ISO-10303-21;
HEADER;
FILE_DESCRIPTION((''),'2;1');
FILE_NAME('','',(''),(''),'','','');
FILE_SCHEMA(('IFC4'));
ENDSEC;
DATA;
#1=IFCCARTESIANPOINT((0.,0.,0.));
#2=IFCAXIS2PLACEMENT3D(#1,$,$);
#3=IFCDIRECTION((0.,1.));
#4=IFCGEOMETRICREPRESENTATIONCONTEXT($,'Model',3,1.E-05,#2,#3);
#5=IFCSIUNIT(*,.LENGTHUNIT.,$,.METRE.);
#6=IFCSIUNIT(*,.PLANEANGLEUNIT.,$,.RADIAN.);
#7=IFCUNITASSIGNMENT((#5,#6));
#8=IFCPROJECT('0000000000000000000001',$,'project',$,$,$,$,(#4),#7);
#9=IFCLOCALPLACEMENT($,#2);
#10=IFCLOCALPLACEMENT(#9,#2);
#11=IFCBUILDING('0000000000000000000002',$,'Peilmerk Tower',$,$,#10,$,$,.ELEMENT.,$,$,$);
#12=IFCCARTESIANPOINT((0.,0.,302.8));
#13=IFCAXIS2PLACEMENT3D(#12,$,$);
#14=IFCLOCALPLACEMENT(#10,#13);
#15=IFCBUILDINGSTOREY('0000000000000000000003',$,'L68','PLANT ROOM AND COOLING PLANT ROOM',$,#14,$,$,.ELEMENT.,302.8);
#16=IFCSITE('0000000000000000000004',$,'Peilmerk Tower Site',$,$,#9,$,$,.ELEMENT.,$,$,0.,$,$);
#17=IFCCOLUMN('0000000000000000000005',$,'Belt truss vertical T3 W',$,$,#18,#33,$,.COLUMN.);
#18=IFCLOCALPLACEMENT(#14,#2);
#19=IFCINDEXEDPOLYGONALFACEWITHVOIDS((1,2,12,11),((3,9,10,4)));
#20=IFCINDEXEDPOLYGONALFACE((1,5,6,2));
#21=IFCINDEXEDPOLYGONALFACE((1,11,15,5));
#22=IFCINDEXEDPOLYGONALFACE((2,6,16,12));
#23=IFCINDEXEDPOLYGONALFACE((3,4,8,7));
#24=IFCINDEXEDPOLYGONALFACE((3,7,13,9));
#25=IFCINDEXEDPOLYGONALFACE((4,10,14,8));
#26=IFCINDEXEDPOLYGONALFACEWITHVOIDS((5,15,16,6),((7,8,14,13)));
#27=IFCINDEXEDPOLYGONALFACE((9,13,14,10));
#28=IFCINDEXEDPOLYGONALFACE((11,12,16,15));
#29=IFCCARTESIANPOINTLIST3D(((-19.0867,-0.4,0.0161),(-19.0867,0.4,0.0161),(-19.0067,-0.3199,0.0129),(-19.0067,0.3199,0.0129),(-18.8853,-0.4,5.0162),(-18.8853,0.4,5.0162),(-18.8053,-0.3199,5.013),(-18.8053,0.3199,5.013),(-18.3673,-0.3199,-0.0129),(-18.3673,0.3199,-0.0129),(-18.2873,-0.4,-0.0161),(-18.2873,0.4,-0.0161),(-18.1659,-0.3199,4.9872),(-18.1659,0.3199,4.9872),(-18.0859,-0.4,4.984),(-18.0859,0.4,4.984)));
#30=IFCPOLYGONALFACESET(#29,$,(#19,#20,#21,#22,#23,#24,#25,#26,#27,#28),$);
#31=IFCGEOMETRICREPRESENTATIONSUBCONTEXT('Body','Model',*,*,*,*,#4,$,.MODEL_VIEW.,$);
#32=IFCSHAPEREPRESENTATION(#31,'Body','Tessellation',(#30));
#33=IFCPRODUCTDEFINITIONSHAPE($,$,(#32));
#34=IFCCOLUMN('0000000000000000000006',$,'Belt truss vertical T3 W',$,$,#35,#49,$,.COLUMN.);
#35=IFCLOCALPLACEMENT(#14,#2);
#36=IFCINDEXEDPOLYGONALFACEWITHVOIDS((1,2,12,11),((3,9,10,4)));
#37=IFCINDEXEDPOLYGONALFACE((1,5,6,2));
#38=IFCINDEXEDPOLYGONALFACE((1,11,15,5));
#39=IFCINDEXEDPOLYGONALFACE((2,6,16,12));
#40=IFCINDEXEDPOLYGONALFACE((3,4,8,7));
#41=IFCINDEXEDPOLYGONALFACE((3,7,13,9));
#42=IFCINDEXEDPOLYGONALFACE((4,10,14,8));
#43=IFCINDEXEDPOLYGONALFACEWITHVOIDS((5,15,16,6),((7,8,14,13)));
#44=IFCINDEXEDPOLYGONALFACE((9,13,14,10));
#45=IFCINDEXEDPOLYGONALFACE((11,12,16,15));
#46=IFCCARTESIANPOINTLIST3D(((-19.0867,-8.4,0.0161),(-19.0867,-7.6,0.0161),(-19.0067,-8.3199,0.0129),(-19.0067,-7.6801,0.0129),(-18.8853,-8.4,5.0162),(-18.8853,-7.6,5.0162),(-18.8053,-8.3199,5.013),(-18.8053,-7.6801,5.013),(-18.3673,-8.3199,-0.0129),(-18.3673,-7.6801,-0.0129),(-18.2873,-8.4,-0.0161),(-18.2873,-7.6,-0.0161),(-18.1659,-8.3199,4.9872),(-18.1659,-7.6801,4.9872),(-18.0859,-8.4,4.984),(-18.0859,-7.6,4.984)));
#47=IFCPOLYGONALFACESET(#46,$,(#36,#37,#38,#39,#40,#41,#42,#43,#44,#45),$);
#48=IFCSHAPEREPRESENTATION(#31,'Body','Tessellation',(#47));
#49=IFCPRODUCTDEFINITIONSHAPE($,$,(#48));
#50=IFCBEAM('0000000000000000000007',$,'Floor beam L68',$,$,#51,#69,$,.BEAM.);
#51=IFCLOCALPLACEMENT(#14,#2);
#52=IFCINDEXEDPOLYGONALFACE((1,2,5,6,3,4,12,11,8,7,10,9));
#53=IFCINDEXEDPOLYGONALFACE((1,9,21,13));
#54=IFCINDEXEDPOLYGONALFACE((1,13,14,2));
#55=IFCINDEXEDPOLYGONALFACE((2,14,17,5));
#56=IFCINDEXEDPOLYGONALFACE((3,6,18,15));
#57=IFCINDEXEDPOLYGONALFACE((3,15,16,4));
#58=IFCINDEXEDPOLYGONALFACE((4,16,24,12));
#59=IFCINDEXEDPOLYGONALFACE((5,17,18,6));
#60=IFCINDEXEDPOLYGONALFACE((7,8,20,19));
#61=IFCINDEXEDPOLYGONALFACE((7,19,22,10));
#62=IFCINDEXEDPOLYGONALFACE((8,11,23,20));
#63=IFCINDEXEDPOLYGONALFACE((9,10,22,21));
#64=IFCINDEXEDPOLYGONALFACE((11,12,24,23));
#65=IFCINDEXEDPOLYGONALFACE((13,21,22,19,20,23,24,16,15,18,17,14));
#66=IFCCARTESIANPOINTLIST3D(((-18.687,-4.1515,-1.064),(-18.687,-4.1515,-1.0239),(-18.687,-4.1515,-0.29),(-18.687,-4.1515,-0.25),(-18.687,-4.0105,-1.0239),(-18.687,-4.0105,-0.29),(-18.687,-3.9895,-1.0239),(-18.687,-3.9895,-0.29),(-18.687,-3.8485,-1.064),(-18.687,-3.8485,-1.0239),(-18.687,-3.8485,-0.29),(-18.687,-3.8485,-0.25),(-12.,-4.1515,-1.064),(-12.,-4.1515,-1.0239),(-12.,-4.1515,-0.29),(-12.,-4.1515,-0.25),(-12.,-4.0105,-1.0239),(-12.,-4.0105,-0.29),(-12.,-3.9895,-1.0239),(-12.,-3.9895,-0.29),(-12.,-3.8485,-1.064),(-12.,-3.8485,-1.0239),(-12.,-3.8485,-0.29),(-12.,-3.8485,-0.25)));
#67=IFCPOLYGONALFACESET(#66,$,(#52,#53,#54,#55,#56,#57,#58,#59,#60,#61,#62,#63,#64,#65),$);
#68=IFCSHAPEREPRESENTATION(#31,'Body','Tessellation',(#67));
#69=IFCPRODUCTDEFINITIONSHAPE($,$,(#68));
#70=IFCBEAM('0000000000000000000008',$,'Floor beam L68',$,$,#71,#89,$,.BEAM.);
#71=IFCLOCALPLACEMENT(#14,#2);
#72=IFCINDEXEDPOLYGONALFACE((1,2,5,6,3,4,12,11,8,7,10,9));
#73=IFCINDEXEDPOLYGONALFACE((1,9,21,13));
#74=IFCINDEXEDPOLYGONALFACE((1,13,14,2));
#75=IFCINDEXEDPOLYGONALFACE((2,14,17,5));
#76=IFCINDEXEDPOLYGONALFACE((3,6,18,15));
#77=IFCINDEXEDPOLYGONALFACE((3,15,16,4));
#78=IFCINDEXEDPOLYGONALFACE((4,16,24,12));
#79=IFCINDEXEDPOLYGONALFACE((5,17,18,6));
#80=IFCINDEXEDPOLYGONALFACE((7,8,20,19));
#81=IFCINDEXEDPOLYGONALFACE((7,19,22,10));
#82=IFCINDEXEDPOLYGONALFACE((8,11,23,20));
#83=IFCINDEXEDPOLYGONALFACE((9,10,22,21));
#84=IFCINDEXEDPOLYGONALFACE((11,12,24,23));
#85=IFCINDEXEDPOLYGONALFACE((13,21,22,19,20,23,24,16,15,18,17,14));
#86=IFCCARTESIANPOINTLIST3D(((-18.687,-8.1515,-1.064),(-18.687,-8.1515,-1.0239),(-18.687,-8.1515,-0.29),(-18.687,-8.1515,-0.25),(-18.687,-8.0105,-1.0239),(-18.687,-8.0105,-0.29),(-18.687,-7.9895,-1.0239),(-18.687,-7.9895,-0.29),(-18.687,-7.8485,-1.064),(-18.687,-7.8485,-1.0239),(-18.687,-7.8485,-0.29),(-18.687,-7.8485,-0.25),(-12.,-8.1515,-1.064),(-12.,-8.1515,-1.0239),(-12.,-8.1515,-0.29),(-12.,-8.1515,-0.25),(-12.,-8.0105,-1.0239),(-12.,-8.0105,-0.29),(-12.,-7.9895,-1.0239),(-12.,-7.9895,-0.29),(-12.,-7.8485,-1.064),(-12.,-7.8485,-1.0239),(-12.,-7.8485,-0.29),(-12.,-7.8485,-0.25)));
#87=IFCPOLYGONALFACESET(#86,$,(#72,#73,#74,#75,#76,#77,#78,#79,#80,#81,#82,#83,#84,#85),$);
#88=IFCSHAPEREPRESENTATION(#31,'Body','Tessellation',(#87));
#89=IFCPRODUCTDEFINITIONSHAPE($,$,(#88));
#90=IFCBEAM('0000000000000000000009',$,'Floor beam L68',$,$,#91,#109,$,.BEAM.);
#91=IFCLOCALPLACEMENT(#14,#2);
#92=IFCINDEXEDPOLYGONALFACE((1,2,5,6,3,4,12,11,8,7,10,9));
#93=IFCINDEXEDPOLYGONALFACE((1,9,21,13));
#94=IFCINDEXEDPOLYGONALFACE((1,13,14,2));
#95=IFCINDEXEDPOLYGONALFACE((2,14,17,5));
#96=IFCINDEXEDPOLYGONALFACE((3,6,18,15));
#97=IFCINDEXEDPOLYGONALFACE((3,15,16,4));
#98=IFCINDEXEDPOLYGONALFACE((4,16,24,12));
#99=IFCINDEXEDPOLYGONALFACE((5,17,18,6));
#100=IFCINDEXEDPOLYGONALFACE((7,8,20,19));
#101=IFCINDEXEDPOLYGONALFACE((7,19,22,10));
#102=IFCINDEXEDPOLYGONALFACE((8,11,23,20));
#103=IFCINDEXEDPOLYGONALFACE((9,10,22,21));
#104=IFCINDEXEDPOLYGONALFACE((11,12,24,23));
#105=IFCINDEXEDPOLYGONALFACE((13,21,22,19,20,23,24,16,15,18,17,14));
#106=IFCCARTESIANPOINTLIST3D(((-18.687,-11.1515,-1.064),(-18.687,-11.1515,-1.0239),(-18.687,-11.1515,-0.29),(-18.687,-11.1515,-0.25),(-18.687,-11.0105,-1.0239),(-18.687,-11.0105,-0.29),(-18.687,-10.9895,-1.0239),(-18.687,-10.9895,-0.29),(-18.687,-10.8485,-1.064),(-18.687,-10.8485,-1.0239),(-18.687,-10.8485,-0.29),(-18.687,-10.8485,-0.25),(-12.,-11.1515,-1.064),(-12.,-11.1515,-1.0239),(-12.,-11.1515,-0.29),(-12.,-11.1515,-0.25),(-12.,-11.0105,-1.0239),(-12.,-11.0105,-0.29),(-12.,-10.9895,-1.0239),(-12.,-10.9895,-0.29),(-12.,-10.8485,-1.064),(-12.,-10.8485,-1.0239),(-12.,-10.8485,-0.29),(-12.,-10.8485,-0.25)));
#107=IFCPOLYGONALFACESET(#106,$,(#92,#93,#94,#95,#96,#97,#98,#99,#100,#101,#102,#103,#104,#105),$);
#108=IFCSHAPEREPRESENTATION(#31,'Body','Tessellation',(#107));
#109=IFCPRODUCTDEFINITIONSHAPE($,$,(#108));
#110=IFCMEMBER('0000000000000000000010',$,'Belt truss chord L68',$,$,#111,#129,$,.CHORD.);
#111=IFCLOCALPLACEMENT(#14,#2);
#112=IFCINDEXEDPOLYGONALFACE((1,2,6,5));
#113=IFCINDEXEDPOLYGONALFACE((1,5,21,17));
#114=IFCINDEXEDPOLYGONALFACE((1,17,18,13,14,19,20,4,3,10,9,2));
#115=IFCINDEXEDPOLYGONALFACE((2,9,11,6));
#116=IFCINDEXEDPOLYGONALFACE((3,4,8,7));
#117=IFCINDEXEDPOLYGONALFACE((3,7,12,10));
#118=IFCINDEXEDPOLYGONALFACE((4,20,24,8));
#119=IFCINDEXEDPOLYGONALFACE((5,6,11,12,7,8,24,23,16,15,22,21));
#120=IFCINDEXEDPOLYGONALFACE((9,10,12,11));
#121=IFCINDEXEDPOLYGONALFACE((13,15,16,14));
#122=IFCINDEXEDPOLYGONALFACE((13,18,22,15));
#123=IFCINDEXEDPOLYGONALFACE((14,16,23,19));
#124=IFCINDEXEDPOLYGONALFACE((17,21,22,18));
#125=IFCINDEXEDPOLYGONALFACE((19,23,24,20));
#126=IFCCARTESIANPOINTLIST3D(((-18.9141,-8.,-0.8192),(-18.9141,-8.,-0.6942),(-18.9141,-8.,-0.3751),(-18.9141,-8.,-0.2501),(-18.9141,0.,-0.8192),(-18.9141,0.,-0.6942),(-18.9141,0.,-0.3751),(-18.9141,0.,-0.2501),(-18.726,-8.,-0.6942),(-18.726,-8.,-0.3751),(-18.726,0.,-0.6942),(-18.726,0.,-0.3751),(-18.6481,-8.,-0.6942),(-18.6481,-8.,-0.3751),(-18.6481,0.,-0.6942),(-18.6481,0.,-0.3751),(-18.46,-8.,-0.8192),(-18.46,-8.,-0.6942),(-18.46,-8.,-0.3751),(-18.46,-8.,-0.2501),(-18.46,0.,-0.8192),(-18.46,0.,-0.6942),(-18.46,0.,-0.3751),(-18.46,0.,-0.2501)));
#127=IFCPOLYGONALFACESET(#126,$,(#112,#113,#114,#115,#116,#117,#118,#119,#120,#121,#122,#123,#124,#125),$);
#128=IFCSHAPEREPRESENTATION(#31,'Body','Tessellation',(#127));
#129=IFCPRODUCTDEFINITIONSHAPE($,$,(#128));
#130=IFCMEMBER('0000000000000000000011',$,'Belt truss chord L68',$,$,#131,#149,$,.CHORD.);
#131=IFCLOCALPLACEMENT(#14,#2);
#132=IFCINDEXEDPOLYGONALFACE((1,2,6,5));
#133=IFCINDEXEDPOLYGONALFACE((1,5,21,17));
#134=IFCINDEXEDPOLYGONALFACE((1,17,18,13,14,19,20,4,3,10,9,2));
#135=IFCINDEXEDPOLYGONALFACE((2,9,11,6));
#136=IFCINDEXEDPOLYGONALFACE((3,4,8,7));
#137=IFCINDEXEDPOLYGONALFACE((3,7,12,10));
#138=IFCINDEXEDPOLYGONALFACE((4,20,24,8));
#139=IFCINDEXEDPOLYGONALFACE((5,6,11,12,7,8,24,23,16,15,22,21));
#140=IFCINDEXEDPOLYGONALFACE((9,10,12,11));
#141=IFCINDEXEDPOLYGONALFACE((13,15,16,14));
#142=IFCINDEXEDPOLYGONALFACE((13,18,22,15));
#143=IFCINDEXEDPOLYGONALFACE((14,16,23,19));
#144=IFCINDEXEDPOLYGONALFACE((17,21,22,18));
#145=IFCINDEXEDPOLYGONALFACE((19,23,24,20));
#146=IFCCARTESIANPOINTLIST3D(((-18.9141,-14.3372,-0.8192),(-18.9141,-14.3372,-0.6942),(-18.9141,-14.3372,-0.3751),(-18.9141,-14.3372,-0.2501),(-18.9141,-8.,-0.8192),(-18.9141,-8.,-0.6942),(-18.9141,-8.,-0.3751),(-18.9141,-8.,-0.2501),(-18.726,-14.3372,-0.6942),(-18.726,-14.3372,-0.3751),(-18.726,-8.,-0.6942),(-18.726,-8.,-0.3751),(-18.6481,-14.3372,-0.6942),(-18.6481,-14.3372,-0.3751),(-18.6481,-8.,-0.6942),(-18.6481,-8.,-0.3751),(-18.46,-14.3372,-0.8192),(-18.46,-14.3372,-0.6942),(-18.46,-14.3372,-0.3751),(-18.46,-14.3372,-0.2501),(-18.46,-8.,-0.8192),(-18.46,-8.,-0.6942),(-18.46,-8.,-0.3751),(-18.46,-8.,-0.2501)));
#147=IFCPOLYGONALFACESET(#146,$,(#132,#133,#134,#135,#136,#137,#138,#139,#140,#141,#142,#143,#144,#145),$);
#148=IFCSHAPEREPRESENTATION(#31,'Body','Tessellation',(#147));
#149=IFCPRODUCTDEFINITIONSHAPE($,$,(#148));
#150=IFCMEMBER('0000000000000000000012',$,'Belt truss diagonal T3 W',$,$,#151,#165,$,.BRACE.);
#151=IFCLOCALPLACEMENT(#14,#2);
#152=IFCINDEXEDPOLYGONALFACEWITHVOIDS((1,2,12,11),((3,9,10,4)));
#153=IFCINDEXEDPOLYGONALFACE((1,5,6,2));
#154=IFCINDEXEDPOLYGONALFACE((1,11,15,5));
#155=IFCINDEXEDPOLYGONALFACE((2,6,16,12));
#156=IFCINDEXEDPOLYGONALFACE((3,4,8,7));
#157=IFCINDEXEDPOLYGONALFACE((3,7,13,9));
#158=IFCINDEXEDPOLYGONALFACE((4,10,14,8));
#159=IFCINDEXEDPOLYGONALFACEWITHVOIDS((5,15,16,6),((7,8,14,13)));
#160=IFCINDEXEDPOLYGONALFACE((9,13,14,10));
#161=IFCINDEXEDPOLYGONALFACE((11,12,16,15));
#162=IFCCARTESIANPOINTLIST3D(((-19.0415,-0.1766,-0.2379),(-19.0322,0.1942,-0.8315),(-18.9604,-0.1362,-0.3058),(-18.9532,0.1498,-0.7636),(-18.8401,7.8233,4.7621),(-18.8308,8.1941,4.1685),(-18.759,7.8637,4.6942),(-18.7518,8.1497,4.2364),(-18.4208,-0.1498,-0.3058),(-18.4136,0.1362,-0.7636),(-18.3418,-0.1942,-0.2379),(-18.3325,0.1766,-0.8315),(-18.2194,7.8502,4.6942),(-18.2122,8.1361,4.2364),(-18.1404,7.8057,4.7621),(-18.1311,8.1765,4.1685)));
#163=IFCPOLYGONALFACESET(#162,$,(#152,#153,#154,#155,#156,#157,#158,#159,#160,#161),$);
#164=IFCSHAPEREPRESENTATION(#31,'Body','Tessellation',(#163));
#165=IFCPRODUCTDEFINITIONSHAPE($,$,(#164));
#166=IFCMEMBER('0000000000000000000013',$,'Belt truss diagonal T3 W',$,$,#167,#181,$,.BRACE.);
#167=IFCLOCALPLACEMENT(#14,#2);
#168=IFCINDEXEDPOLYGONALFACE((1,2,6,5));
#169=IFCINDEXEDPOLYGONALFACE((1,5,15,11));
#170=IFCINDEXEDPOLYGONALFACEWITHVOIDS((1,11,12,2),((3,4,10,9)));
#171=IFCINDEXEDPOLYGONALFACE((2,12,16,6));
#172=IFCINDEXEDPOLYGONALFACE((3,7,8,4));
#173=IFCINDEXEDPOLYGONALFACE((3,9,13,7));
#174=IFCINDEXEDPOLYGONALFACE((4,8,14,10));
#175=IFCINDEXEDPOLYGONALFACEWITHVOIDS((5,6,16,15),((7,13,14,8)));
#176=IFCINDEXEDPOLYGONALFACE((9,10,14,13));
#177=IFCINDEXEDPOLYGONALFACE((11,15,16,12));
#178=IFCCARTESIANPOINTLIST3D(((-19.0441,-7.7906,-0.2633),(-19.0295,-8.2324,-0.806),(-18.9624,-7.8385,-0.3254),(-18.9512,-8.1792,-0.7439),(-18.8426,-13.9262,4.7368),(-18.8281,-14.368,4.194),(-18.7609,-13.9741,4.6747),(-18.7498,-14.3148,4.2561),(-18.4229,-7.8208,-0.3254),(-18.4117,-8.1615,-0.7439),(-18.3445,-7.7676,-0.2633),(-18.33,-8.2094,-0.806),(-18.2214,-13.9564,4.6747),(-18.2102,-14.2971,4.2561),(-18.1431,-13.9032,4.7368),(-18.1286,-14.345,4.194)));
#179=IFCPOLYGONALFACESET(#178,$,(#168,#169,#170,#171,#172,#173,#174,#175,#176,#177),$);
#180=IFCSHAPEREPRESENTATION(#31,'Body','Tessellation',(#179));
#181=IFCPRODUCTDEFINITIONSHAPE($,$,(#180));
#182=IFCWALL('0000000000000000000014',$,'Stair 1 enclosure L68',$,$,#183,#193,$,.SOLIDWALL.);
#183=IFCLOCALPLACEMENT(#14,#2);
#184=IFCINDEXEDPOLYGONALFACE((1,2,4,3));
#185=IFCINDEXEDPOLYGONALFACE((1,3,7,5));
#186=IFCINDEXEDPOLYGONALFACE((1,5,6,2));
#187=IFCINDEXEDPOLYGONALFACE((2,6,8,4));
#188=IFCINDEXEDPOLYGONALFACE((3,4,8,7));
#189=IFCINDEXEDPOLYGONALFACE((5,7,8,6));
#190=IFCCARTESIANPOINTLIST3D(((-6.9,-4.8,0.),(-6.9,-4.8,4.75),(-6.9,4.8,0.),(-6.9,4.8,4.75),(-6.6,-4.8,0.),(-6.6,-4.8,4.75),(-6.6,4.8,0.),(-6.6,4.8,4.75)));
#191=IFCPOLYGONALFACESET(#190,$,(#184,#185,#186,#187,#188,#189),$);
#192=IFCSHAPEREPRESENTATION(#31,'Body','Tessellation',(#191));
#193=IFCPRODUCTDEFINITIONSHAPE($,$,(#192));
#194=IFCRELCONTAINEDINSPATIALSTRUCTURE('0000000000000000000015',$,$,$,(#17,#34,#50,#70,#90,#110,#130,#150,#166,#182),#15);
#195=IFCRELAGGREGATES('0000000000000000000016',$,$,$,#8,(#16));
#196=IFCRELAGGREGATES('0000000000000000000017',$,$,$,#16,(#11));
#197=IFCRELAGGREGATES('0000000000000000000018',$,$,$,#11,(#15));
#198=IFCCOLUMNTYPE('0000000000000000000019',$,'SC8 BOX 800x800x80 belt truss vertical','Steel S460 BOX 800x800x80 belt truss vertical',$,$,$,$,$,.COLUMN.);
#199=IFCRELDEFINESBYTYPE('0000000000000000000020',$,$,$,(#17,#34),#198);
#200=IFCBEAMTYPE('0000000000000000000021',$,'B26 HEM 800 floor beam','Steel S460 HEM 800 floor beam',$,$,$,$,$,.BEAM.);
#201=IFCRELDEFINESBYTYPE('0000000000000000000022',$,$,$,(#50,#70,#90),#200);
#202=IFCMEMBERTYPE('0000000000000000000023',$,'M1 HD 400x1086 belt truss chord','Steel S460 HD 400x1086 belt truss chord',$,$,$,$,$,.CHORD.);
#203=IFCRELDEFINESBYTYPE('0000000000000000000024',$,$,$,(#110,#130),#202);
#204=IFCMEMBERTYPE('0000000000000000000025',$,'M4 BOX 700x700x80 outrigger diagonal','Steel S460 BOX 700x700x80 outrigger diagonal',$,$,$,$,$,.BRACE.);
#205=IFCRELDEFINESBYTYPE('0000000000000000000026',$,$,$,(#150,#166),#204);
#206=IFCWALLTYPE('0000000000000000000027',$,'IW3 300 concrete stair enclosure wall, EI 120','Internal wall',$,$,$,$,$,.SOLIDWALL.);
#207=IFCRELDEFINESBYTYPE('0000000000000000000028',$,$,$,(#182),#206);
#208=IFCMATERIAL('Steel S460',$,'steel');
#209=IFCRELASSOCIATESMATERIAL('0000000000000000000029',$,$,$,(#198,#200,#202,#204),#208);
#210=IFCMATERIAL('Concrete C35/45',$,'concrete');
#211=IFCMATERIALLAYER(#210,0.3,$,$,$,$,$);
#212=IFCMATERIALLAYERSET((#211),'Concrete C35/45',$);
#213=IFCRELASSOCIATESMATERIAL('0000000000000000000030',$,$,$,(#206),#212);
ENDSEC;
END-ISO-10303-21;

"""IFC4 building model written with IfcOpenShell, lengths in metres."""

from ifc_helpers import new_model, si_unit, direction, frame, frame_2d, origin, origin_2d, place, context, subcontext, project, spatial, rectangle, hollow_rectangle, i_section, extrude, material, layer, layer_set, material_profile, profile_set, type_object, element, save


model = new_model("IFC4")

# Units and contexts
model_context = context("Model", 3, precision=1e-05, world=origin(), true_north=direction((0.0, 1.0)))
body_context = subcontext(model_context, "Body", "Model", "MODEL_VIEW")
ifc_project = project(units=[si_unit("LENGTHUNIT", "METRE"), si_unit("PLANEANGLEUNIT", "RADIAN")], contexts=[model_context])

# Site, building, storey
site_placement = place(None, origin())
site = spatial("IfcSite", under=ifc_project, at=site_placement, Name="Peilmerk Tower Site", CompositionType="ELEMENT", RefElevation=0.0)
building_placement = place(site_placement, origin())
building = spatial("IfcBuilding", under=site, at=building_placement, Name="Peilmerk Tower", CompositionType="ELEMENT")
storey_placement = place(building_placement, frame((0.0, 0.0, 302.8)))
storey = spatial("IfcBuildingStorey", under=building, at=storey_placement, Name="L68", Description="PLANT ROOM AND COOLING PLANT ROOM", CompositionType="ELEMENT", Elevation=302.8)

# Columns
ifc_material_1 = material(Name="Steel S460", Category="steel")
ifc_material_profile_1 = material_profile(ifc_material_1, hollow_rectangle(XDim=0.8, YDim=0.8, WallThickness=0.0801, at=origin_2d()), Name="BOX 800x800x80")
ifc_profile_set_1 = profile_set([ifc_material_profile_1], Name="Steel S460")
column_type = type_object("IfcColumnType", Name="SC8 BOX 800x800x80 belt truss vertical", Description="Steel S460 BOX 800x800x80 belt truss vertical", PredefinedType="COLUMN", material=ifc_profile_set_1)
for number, where, z_axis, x_axis, name in (
    (1, (-18.687, 0.0, 0.0), (0.040251, 0.0, 0.99919), (0.0, 1.0, 0.0), "Belt truss vertical T3 W"),
    (2, (-18.687, -8.0, 0.0), (0.040251, 0.0, 0.99919), (0.0, 1.0, 0.0), "Belt truss vertical T3 W"),
):
    element("IfcColumn", number, at=place(storey_placement, frame(where, z_axis=z_axis, x_axis=x_axis)), inside=storey, type_object=column_type, Name=name, PredefinedType="COLUMN", context=body_context, shape_type="SweptSolid", body=[
        extrude(hollow_rectangle(XDim=0.8, YDim=0.8, WallThickness=0.0801, at=origin_2d()), origin(), (0.0, 0.0, 1.0), 5.0042),
    ])

# Beams
ifc_material_profile_2 = material_profile(ifc_material_1, i_section(OverallWidth=0.303, OverallDepth=0.814, WebThickness=0.021, FlangeThickness=0.04, at=origin_2d()), Name="HEM 800")
ifc_profile_set_2 = profile_set([ifc_material_profile_2], Name="Steel S460")
beam_type = type_object("IfcBeamType", Name="B26 HEM 800 floor beam", Description="Steel S460 HEM 800 floor beam", PredefinedType="BEAM", material=ifc_profile_set_2)
for number, where, z_axis, x_axis, name in (
    (3, (-12.0, -4.0, -0.657), (-1.0, 0.0, 0.0), (0.0, -1.0, 0.0), "Floor beam L68"),
    (4, (-12.0, -8.0, -0.657), (-1.0, 0.0, 0.0), (0.0, -1.0, 0.0), "Floor beam L68"),
    (5, (-12.0, -11.0, -0.657), (-1.0, 0.0, 0.0), (0.0, -1.0, 0.0), "Floor beam L68"),
):
    element("IfcBeam", number, at=place(storey_placement, frame(where, z_axis=z_axis, x_axis=x_axis)), inside=storey, type_object=beam_type, Name=name, PredefinedType="BEAM", context=body_context, shape_type="SweptSolid", body=[
        extrude(i_section(OverallWidth=0.303, OverallDepth=0.814, WebThickness=0.021, FlangeThickness=0.04, at=origin_2d()), origin(), (0.0, 0.0, 1.0), 6.687),
    ])

# Members
ifc_material_profile_3 = material_profile(ifc_material_1, i_section(OverallWidth=0.4541, OverallDepth=0.5691, WebThickness=0.0779, FlangeThickness=0.125, at=origin_2d()), Name="HD 400x1086")
ifc_profile_set_3 = profile_set([ifc_material_profile_3], Name="Steel S460")
member_type_1 = type_object("IfcMemberType", Name="M1 HD 400x1086 belt truss chord", Description="Steel S460 HD 400x1086 belt truss chord", PredefinedType="CHORD", material=ifc_profile_set_3)
member_1_placement = place(storey_placement, frame((-18.687, 0.0, -0.5347), z_axis=(0.0, -1.0, 0.0), x_axis=(1.0, 0.0, 0.0)))
element("IfcMember", 6, at=member_1_placement, inside=storey, type_object=member_type_1, Name="Belt truss chord L68", PredefinedType="CHORD", context=body_context, shape_type="SweptSolid", body=[
    extrude(i_section(OverallWidth=0.4541, OverallDepth=0.5691, WebThickness=0.0779, FlangeThickness=0.125, at=origin_2d()), origin(), (0.0, 0.0, 1.0), 8.0),
])
member_2_placement = place(storey_placement, frame((-18.687, -8.0, -0.5347), z_axis=(0.0, -1.0, 0.0), x_axis=(1.0, 0.0, 0.0)))
element("IfcMember", 7, at=member_2_placement, inside=storey, type_object=member_type_1, Name="Belt truss chord L68", PredefinedType="CHORD", context=body_context, shape_type="SweptSolid", body=[
    extrude(i_section(OverallWidth=0.4541, OverallDepth=0.5691, WebThickness=0.0779, FlangeThickness=0.125, at=origin_2d()), origin(), (0.0, 0.0, 1.0), 6.3372),
])
ifc_material_profile_4 = material_profile(ifc_material_1, hollow_rectangle(XDim=0.7, YDim=0.7, WallThickness=0.0801, at=origin_2d()), Name="BOX 700x700x80")
ifc_profile_set_4 = profile_set([ifc_material_profile_4], Name="Steel S460")
member_type_2 = type_object("IfcMemberType", Name="M4 BOX 700x700x80 outrigger diagonal", Description="Steel S460 BOX 700x700x80 outrigger diagonal", PredefinedType="BRACE", material=ifc_profile_set_4)
member_3_placement = place(storey_placement, frame((-18.687, 0.0, -0.5347), z_axis=(0.021345, 0.847805, 0.529878), x_axis=(-0.999683, 0.025169, 0.0)))
element("IfcMember", 8, at=member_3_placement, inside=storey, type_object=member_type_2, Name="Belt truss diagonal T3 W", PredefinedType="BRACE", context=body_context, shape_type="SweptSolid", body=[
    extrude(hollow_rectangle(XDim=0.7, YDim=0.7, WallThickness=0.0801, at=origin_2d()), origin(), (0.0, 0.0, 1.0), 9.436),
])
member_4_placement = place(storey_placement, frame((-18.687, -8.0, -0.5347), z_axis=(0.02544, -0.77494, 0.631522), x_axis=(0.999462, 0.03281, 0.0)))
element("IfcMember", 9, at=member_4_placement, inside=storey, type_object=member_type_2, Name="Belt truss diagonal T3 W", PredefinedType="BRACE", context=body_context, shape_type="SweptSolid", body=[
    extrude(hollow_rectangle(XDim=0.7, YDim=0.7, WallThickness=0.0801, at=origin_2d()), origin(), (0.0, 0.0, 1.0), 7.9175),
])

# Wall
ifc_material_2 = material(Name="Concrete C35/45", Category="concrete")
ifc_layer_1 = layer(ifc_material_2, 0.3)
ifc_layer_set_1 = layer_set([ifc_layer_1], Name="Concrete C35/45")
wall_type_1 = type_object("IfcWallType", Name="IW3 300 concrete stair enclosure wall, EI 120", Description="Internal wall", PredefinedType="SOLIDWALL", material=ifc_layer_set_1)
wall_1_placement = place(storey_placement, frame((-6.75, -4.8, 0.0), z_axis=(0.0, 0.0, 1.0), x_axis=(0.0, 1.0, 0.0)))
element("IfcWall", 10, at=wall_1_placement, inside=storey, type_object=wall_type_1, Name="Stair 1 enclosure L68", PredefinedType="SOLIDWALL", context=body_context, shape_type="SweptSolid", body=[
    extrude(rectangle(XDim=9.6001, YDim=0.3, at=frame_2d((4.8, 0.0))), origin(), (0.0, 0.0, 1.0), 4.75),
])

save(model, "model.ifc")
